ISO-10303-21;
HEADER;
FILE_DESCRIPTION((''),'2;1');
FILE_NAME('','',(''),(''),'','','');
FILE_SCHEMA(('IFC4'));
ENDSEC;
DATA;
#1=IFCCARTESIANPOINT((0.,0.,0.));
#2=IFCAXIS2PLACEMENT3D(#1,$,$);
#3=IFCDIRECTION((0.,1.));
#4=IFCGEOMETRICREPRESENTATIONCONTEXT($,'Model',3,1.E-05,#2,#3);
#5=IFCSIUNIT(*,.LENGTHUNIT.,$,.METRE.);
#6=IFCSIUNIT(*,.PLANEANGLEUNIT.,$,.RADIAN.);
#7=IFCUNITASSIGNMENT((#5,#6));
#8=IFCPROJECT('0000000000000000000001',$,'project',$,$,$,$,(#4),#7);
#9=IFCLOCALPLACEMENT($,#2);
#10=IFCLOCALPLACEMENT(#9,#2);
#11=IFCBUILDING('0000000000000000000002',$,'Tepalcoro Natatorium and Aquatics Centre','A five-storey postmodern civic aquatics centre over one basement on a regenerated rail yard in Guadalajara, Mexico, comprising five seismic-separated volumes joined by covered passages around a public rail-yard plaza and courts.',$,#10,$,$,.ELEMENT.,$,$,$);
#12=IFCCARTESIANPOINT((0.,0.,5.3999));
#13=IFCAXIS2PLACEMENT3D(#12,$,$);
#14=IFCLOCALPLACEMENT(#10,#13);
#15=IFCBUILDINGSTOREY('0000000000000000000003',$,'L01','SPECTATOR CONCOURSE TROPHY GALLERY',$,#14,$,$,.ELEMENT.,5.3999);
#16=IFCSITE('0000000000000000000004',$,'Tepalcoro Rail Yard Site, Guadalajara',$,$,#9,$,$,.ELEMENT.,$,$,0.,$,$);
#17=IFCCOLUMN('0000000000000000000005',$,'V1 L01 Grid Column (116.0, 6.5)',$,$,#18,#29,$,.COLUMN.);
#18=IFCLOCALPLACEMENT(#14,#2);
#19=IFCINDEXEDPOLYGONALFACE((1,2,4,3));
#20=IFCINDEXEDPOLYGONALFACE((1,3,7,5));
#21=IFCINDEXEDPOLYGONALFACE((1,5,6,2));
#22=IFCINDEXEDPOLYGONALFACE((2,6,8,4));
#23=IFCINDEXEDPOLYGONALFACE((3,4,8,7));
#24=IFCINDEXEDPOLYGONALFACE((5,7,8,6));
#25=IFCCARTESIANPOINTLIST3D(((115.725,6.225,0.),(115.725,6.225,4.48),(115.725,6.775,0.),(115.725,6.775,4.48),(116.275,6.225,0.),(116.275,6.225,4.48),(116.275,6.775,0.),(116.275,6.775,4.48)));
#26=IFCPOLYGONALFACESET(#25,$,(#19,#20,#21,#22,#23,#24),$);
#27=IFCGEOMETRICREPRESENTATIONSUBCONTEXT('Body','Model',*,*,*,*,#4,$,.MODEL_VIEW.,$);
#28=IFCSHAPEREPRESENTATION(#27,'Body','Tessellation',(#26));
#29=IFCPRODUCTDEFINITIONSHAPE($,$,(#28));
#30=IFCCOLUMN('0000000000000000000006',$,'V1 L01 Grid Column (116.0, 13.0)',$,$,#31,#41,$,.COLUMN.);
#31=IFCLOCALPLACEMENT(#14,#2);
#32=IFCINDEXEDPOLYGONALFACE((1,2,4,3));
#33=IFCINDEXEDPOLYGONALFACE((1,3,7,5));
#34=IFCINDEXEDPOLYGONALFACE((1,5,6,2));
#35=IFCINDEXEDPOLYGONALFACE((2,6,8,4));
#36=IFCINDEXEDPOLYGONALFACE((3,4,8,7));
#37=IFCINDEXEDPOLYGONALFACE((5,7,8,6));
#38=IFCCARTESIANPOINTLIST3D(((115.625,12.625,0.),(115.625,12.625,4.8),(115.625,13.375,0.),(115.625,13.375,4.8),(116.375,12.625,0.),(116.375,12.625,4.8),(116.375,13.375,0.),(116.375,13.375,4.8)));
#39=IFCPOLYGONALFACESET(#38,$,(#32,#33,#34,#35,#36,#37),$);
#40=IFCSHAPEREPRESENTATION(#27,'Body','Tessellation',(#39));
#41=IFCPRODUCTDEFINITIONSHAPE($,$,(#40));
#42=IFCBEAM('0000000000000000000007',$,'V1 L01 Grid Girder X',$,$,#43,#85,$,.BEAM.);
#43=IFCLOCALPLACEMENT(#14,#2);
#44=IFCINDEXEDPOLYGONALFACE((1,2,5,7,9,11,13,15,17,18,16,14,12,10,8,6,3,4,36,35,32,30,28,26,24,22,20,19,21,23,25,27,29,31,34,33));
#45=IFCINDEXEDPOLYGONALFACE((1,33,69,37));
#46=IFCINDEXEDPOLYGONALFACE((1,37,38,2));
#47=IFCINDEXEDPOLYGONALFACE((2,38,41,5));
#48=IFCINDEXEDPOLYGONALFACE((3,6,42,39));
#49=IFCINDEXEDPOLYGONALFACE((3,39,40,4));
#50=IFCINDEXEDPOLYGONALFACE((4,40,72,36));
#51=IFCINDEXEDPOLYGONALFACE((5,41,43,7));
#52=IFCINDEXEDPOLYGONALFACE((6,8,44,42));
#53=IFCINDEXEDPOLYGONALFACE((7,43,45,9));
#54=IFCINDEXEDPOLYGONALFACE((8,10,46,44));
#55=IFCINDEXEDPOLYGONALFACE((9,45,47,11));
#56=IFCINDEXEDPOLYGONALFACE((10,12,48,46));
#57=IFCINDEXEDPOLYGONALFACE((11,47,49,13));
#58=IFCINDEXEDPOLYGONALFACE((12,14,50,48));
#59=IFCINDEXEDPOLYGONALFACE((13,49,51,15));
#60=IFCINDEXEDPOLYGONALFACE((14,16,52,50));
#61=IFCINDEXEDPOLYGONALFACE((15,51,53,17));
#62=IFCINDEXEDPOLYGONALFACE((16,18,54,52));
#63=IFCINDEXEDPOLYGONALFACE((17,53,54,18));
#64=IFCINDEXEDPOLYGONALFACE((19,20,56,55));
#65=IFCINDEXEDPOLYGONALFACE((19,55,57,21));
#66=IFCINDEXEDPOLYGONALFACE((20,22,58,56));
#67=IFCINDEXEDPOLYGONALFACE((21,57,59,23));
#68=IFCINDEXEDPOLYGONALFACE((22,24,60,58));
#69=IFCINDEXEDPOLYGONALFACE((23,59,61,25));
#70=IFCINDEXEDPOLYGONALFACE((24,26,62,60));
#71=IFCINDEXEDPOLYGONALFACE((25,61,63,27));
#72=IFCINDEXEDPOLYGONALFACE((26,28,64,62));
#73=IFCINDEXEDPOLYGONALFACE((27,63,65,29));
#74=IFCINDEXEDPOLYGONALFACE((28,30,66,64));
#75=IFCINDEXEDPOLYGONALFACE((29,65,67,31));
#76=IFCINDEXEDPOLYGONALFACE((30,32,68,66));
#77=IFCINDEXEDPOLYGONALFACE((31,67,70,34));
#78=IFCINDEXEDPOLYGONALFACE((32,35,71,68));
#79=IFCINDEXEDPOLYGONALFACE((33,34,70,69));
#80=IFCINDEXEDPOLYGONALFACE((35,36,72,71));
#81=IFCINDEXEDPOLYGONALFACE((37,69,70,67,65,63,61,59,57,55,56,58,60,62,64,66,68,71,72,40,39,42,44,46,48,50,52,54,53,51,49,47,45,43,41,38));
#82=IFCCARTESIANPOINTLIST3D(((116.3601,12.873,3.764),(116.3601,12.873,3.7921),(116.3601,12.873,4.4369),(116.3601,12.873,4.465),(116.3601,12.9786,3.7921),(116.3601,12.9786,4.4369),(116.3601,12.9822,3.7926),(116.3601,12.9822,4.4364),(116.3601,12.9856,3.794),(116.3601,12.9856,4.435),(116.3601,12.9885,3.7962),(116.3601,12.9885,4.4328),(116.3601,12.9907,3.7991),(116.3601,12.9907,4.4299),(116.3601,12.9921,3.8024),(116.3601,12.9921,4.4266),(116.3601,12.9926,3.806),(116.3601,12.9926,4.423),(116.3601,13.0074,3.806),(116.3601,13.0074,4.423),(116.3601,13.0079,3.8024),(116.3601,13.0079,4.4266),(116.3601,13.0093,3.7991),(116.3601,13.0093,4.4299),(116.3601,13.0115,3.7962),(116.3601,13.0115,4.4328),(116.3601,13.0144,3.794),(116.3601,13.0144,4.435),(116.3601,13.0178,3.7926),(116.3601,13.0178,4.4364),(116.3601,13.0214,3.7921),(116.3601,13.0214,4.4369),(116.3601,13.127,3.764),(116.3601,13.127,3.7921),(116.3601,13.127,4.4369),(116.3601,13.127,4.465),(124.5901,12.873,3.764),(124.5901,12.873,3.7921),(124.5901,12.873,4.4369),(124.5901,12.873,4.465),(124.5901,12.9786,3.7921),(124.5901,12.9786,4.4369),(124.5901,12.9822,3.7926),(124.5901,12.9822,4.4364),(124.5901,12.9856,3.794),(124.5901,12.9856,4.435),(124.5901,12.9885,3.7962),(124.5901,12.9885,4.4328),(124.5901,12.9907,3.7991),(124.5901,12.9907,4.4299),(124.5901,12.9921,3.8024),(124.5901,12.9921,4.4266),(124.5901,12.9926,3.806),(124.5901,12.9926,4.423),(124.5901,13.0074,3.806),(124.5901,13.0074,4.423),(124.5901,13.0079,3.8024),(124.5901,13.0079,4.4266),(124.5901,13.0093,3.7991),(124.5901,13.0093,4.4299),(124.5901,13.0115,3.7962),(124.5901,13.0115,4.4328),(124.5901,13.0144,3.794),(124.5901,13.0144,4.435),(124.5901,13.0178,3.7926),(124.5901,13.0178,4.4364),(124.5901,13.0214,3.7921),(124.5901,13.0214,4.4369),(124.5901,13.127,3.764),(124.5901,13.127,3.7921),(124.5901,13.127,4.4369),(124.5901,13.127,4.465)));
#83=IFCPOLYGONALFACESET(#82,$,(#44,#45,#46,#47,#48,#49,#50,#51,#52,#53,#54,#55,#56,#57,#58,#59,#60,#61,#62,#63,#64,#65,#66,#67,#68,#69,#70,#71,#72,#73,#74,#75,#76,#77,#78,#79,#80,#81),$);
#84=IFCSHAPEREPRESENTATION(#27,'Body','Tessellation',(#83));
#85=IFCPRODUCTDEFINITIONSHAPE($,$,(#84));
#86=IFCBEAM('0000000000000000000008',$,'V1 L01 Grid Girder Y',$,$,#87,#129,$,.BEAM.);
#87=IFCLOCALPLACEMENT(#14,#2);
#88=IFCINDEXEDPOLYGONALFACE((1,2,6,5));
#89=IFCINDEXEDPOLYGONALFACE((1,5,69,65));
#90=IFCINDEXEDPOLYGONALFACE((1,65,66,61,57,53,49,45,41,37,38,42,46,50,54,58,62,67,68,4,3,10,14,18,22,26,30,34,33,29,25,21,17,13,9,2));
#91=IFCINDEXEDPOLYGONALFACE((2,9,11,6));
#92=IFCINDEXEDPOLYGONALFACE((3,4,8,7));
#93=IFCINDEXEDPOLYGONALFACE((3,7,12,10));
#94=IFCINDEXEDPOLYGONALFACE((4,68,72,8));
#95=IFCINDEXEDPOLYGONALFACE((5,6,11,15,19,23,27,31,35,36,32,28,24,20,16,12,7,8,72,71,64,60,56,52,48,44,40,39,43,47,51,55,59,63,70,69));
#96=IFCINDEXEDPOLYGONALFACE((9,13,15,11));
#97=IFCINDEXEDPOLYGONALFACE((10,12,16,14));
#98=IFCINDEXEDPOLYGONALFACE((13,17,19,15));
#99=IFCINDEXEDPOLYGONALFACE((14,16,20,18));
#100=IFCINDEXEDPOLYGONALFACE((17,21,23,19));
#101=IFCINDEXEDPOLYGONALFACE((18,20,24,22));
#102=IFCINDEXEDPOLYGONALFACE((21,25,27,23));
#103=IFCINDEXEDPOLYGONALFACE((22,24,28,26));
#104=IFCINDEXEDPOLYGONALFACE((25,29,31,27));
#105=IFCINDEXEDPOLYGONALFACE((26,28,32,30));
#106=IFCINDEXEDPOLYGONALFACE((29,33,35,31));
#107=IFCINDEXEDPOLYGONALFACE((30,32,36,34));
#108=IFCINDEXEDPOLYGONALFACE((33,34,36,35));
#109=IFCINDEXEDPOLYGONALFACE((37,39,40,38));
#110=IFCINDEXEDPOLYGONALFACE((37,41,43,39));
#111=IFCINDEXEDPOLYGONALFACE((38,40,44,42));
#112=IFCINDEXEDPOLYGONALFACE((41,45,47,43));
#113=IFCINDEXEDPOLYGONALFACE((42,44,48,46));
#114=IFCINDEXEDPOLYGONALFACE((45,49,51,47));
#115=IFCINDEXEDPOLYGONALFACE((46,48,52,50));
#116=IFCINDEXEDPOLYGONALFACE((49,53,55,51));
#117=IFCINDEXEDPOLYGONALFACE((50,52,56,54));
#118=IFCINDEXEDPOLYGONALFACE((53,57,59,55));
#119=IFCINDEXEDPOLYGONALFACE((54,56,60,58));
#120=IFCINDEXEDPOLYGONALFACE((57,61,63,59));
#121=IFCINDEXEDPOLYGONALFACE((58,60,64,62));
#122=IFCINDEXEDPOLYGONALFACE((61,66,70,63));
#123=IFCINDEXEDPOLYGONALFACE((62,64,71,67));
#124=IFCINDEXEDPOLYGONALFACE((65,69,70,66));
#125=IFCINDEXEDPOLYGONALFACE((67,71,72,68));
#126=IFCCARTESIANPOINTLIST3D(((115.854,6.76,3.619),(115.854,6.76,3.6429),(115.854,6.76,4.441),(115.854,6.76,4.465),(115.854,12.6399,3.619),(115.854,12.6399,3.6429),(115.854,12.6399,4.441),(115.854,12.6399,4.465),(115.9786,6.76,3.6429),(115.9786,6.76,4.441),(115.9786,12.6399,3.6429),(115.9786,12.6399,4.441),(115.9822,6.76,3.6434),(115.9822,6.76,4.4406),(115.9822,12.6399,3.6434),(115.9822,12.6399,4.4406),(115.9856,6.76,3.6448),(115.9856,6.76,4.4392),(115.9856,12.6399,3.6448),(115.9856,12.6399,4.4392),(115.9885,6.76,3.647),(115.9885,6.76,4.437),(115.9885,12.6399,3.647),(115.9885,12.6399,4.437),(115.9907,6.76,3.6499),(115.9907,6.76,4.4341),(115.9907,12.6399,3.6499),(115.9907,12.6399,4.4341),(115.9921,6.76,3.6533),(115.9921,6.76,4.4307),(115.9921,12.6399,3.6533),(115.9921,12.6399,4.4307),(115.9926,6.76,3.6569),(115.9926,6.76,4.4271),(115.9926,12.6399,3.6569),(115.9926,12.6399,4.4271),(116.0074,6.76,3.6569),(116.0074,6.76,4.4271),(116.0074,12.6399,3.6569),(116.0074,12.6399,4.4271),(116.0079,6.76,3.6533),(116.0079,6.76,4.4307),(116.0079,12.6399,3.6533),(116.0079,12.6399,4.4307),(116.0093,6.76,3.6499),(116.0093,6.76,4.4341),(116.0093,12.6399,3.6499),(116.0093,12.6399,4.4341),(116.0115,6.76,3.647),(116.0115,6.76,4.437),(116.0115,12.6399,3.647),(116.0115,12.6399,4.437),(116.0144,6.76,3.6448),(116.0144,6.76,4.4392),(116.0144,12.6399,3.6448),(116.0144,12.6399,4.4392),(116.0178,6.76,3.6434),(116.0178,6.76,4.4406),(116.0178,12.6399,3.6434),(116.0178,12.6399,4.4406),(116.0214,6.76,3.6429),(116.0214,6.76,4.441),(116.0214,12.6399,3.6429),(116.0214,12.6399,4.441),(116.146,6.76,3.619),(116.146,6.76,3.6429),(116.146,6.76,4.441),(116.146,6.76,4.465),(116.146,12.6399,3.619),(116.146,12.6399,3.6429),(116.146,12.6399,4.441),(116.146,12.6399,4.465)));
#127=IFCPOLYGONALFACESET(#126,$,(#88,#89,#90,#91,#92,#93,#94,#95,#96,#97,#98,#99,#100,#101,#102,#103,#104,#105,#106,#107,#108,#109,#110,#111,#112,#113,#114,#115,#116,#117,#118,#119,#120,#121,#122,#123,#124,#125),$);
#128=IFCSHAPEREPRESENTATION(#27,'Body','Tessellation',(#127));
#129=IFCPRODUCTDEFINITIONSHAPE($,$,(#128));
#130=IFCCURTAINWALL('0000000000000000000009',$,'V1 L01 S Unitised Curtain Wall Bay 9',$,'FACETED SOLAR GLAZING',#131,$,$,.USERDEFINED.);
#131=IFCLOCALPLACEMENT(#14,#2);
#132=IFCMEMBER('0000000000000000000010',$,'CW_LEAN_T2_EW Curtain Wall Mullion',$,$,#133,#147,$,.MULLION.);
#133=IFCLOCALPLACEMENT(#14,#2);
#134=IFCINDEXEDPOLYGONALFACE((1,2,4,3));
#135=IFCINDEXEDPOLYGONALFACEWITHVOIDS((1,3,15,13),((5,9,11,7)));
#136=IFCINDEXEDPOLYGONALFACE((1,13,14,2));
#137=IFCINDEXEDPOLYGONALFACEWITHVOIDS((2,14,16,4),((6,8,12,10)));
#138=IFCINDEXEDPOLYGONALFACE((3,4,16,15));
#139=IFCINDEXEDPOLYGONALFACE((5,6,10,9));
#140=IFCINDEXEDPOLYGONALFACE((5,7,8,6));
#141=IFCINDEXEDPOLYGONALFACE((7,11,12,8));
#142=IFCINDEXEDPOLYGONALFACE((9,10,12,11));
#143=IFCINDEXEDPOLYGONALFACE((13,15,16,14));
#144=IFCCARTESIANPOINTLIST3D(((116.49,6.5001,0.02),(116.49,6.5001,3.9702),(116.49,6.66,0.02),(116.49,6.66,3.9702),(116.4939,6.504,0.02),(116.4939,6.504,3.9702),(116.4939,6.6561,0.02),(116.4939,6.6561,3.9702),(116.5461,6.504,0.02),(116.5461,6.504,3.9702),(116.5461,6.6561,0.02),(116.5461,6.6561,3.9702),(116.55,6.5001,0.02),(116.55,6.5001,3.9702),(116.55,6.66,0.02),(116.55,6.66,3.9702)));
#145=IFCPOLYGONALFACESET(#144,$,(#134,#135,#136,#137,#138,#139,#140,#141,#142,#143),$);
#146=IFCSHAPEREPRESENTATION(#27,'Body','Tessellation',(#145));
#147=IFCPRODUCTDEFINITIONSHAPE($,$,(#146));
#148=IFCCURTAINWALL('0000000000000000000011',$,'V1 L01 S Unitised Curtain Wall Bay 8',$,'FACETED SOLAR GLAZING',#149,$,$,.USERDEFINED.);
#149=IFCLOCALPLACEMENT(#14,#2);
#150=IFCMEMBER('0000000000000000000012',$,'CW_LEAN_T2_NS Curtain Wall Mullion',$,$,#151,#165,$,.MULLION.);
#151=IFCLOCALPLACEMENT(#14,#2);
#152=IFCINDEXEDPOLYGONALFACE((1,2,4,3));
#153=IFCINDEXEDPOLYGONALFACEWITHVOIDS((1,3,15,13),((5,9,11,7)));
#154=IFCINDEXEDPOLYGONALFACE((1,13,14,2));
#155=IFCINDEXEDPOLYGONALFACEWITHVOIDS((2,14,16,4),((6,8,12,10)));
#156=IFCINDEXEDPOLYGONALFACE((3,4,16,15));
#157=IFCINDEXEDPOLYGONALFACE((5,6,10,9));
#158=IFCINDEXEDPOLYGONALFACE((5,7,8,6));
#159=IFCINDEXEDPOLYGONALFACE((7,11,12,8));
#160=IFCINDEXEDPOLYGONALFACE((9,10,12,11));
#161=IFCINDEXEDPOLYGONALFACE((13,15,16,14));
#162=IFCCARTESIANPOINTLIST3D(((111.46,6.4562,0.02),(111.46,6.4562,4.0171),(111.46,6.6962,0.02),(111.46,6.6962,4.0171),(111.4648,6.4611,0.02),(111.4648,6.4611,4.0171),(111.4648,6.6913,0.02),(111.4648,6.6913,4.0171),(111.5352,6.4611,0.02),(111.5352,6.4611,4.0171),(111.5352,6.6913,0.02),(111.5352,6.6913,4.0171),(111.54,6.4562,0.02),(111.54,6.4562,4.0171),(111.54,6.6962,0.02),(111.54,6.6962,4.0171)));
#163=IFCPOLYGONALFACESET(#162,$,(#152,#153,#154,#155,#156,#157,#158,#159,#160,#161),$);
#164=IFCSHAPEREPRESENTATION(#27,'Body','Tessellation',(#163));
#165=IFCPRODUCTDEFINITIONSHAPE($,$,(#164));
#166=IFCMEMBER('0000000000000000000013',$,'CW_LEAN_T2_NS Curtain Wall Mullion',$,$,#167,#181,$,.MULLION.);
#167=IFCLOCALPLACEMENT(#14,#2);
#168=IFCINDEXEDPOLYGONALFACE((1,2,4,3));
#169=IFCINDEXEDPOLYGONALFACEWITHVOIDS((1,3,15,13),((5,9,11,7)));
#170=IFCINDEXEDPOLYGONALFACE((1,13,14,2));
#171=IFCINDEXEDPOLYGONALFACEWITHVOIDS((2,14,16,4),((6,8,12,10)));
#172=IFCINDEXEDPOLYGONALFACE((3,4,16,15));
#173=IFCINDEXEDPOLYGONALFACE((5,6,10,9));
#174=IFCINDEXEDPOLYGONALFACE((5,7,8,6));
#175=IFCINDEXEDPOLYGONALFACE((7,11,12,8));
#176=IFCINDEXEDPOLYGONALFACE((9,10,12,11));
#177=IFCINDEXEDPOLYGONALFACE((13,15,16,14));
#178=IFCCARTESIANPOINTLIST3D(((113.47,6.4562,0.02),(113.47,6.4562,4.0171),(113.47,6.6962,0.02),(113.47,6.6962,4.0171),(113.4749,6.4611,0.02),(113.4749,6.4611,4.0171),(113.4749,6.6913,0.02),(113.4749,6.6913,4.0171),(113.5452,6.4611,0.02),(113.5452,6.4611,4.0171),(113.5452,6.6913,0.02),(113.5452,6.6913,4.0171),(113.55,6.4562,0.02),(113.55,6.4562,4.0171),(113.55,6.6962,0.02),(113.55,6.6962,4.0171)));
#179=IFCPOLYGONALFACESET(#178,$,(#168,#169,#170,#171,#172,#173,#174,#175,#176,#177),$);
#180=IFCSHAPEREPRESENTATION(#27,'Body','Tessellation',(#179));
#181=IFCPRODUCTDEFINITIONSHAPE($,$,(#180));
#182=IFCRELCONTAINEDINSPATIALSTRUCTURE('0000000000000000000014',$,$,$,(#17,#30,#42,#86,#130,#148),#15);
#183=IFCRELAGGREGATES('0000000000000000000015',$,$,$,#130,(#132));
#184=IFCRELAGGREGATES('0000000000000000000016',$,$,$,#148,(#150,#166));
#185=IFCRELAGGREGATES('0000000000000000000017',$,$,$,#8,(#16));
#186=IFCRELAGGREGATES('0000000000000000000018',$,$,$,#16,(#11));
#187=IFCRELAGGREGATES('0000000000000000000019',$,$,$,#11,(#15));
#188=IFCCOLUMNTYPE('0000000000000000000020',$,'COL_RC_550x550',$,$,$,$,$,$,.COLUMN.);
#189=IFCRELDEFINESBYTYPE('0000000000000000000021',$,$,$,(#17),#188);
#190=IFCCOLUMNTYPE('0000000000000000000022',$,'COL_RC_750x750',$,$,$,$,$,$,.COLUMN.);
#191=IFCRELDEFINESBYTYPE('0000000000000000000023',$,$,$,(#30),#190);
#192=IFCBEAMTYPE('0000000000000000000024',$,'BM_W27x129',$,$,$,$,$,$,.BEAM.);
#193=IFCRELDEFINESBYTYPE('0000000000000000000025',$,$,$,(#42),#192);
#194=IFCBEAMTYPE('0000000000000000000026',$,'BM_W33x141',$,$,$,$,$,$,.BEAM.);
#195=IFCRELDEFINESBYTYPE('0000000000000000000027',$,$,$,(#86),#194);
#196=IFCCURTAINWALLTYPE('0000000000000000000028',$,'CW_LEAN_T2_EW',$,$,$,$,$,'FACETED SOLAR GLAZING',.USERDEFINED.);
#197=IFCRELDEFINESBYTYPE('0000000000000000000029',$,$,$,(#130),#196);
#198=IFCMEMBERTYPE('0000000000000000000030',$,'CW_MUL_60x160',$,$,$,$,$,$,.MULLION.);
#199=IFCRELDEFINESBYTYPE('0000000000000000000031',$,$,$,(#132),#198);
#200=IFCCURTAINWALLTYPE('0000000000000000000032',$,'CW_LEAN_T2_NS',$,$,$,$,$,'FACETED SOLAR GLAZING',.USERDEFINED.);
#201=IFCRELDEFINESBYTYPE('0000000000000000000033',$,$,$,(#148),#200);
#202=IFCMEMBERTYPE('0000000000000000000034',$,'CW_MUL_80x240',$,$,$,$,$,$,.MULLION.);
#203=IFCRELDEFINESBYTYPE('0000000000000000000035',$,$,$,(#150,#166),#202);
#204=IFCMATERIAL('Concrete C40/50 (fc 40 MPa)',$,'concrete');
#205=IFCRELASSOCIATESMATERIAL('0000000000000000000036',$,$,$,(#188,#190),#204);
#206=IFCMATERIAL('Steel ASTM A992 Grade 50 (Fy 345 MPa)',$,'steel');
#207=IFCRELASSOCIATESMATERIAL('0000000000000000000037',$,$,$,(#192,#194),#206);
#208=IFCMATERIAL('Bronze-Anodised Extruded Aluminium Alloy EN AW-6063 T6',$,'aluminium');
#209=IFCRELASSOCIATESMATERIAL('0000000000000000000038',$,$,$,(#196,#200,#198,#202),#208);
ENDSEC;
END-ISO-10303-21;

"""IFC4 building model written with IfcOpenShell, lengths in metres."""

from ifc_helpers import new_model, si_unit, direction, frame, origin, origin_2d, place, context, subcontext, project, spatial, rectangle, hollow_rectangle, i_section, extrude, material, material_profile, profile_set, type_object, element, aggregate, save


model = new_model("IFC4")

# Units and contexts
model_context = context("Model", 3, precision=1e-05, world=origin(), true_north=direction((0.0, 1.0)))
body_context = subcontext(model_context, "Body", "Model", "MODEL_VIEW")
ifc_project = project(units=[si_unit("LENGTHUNIT", "METRE"), si_unit("PLANEANGLEUNIT", "RADIAN")], contexts=[model_context])

# Site, building, storey
site_placement = place(None, origin())
site = spatial("IfcSite", under=ifc_project, at=site_placement, Name="Tepalcoro Rail Yard Site, Guadalajara", CompositionType="ELEMENT", RefElevation=0.0)
building_placement = place(site_placement, origin())
building = spatial("IfcBuilding", under=site, at=building_placement, Name="Tepalcoro Natatorium and Aquatics Centre", Description="A five-storey postmodern civic aquatics centre over one basement on a regenerated rail yard in Guadalajara, Mexico, comprising five seismic-separated volumes joined by covered passages around a public rail-yard plaza and courts.", CompositionType="ELEMENT")
storey_placement = place(building_placement, frame((0.0, 0.0, 5.3999)))
storey = spatial("IfcBuildingStorey", under=building, at=storey_placement, Name="L01", Description="SPECTATOR CONCOURSE TROPHY GALLERY", CompositionType="ELEMENT", Elevation=5.3999)

# Columns
ifc_material_1 = material(Name="Concrete C40/50 (fc 40 MPa)", Category="concrete")
ifc_material_profile_1 = material_profile(ifc_material_1, rectangle(XDim=0.55, YDim=0.55, at=origin_2d()), Name="RC550x550")
ifc_profile_set_1 = profile_set([ifc_material_profile_1], Name="Concrete C40/50 (fc 40 MPa)")
column_type_1 = type_object("IfcColumnType", Name="COL_RC_550x550", PredefinedType="COLUMN", material=ifc_profile_set_1)
column_1_placement = place(storey_placement, frame((116.0, 6.5, 0.0), z_axis=(0.0, 0.0, 1.0), x_axis=(1.0, 0.0, 0.0)))
element("IfcColumn", 1, at=column_1_placement, inside=storey, type_object=column_type_1, Name="V1 L01 Grid Column (116.0, 6.5)", PredefinedType="COLUMN", context=body_context, shape_type="SweptSolid", body=[
    extrude(rectangle(XDim=0.55, YDim=0.55, at=origin_2d()), origin(), (0.0, 0.0, 1.0), 4.48),
])
ifc_material_profile_2 = material_profile(ifc_material_1, rectangle(XDim=0.75, YDim=0.75, at=origin_2d()), Name="RC750x750")
ifc_profile_set_2 = profile_set([ifc_material_profile_2], Name="Concrete C40/50 (fc 40 MPa)")
column_type_2 = type_object("IfcColumnType", Name="COL_RC_750x750", PredefinedType="COLUMN", material=ifc_profile_set_2)
column_2_placement = place(storey_placement, frame((116.0, 13.0, 0.0), z_axis=(0.0, 0.0, 1.0), x_axis=(1.0, 0.0, 0.0)))
element("IfcColumn", 2, at=column_2_placement, inside=storey, type_object=column_type_2, Name="V1 L01 Grid Column (116.0, 13.0)", PredefinedType="COLUMN", context=body_context, shape_type="SweptSolid", body=[
    extrude(rectangle(XDim=0.75, YDim=0.75, at=origin_2d()), origin(), (0.0, 0.0, 1.0), 4.8),
])

# Beams
ifc_material_2 = material(Name="Steel ASTM A992 Grade 50 (Fy 345 MPa)", Category="steel")
ifc_material_profile_3 = material_profile(ifc_material_2, i_section(OverallWidth=0.2539, OverallDepth=0.7009, WebThickness=0.0149, FlangeThickness=0.0281, FilletRadius=0.0139, at=origin_2d()), Name="W27X129")
ifc_profile_set_3 = profile_set([ifc_material_profile_3], Name="Steel ASTM A992 Grade 50 (Fy 345 MPa)")
beam_type_1 = type_object("IfcBeamType", Name="BM_W27x129", PredefinedType="BEAM", material=ifc_profile_set_3)
beam_1_placement = place(storey_placement, frame((116.3601, 13.0, 4.1145), z_axis=(1.0, 0.0, 0.0), x_axis=(0.0, 1.0, 0.0)))
element("IfcBeam", 3, at=beam_1_placement, inside=storey, type_object=beam_type_1, Name="V1 L01 Grid Girder X", PredefinedType="BEAM", context=body_context, shape_type="SweptSolid", body=[
    extrude(i_section(OverallWidth=0.2539, OverallDepth=0.7009, WebThickness=0.0149, FlangeThickness=0.0281, FilletRadius=0.0139, at=origin_2d()), origin(), (0.0, 0.0, 1.0), 8.23),
])
ifc_material_profile_4 = material_profile(ifc_material_2, i_section(OverallWidth=0.292, OverallDepth=0.8459, WebThickness=0.0149, FlangeThickness=0.0239, FilletRadius=0.0139, at=origin_2d()), Name="W33X141")
ifc_profile_set_4 = profile_set([ifc_material_profile_4], Name="Steel ASTM A992 Grade 50 (Fy 345 MPa)")
beam_type_2 = type_object("IfcBeamType", Name="BM_W33x141", PredefinedType="BEAM", material=ifc_profile_set_4)
beam_2_placement = place(storey_placement, frame((116.0, 6.76, 4.042), z_axis=(0.0, 1.0, 0.0), x_axis=(-1.0, 0.0, 0.0)))
element("IfcBeam", 4, at=beam_2_placement, inside=storey, type_object=beam_type_2, Name="V1 L01 Grid Girder Y", PredefinedType="BEAM", context=body_context, shape_type="SweptSolid", body=[
    extrude(i_section(OverallWidth=0.292, OverallDepth=0.8459, WebThickness=0.0149, FlangeThickness=0.0239, FilletRadius=0.0139, at=origin_2d()), origin(), (0.0, 0.0, 1.0), 5.8799),
])

# Curtain wall, member
ifc_material_3 = material(Name="Bronze-Anodised Extruded Aluminium Alloy EN AW-6063 T6", Category="aluminium")
curtain_wall_type_1 = type_object("IfcCurtainWallType", Name="CW_LEAN_T2_EW", ElementType="FACETED SOLAR GLAZING", PredefinedType="USERDEFINED", material=ifc_material_3)
curtain_wall_1_placement = place(storey_placement, origin())
curtain_wall_1 = element("IfcCurtainWall", 5, at=curtain_wall_1_placement, inside=storey, type_object=curtain_wall_type_1, Name="V1 L01 S Unitised Curtain Wall Bay 9", ObjectType="FACETED SOLAR GLAZING", PredefinedType="USERDEFINED")
ifc_material_profile_5 = material_profile(ifc_material_3, hollow_rectangle(XDim=0.0601, YDim=0.1599, WallThickness=0.0039, at=origin_2d()), Name="AL60X160X4")
ifc_profile_set_5 = profile_set([ifc_material_profile_5], Name="Bronze-Anodised Extruded Aluminium Alloy EN AW-6063 T6")
member_type_1 = type_object("IfcMemberType", Name="CW_MUL_60x160", PredefinedType="MULLION", material=ifc_profile_set_5)
member_1_placement = place(storey_placement, frame((116.52, 6.5801, 0.02), z_axis=(0.0, 0.0, 1.0), x_axis=(1.0, 0.0, 0.0)))
member_1 = element("IfcMember", 6, at=member_1_placement, type_object=member_type_1, Name="CW_LEAN_T2_EW Curtain Wall Mullion", PredefinedType="MULLION", context=body_context, shape_type="SweptSolid", body=[
    extrude(hollow_rectangle(XDim=0.0601, YDim=0.1599, WallThickness=0.0039, at=origin_2d()), origin(), (0.0, 0.0, 1.0), 3.9502),
])

# Curtain wall, members
curtain_wall_type_2 = type_object("IfcCurtainWallType", Name="CW_LEAN_T2_NS", ElementType="FACETED SOLAR GLAZING", PredefinedType="USERDEFINED", material=ifc_material_3)
curtain_wall_2_placement = place(storey_placement, origin())
curtain_wall_2 = element("IfcCurtainWall", 7, at=curtain_wall_2_placement, inside=storey, type_object=curtain_wall_type_2, Name="V1 L01 S Unitised Curtain Wall Bay 8", ObjectType="FACETED SOLAR GLAZING", PredefinedType="USERDEFINED")
ifc_material_profile_6 = material_profile(ifc_material_3, hollow_rectangle(XDim=0.0801, YDim=0.24, WallThickness=0.0049, at=origin_2d()), Name="AL80X240X5")
ifc_profile_set_6 = profile_set([ifc_material_profile_6], Name="Bronze-Anodised Extruded Aluminium Alloy EN AW-6063 T6")
member_type_2 = type_object("IfcMemberType", Name="CW_MUL_80x240", PredefinedType="MULLION", material=ifc_profile_set_6)
member_2_placement = place(storey_placement, frame((111.5, 6.5762, 0.02), z_axis=(0.0, 0.0, 1.0), x_axis=(1.0, 0.0, 0.0)))
member_2 = element("IfcMember", 8, at=member_2_placement, type_object=member_type_2, Name="CW_LEAN_T2_NS Curtain Wall Mullion", PredefinedType="MULLION", context=body_context, shape_type="SweptSolid", body=[
    extrude(hollow_rectangle(XDim=0.0801, YDim=0.24, WallThickness=0.0049, at=origin_2d()), origin(), (0.0, 0.0, 1.0), 3.9971),
])
member_3_placement = place(storey_placement, frame((113.51, 6.5762, 0.02), z_axis=(0.0, 0.0, 1.0), x_axis=(1.0, 0.0, 0.0)))
member_3 = element("IfcMember", 9, at=member_3_placement, type_object=member_type_2, Name="CW_LEAN_T2_NS Curtain Wall Mullion", PredefinedType="MULLION", context=body_context, shape_type="SweptSolid", body=[
    extrude(hollow_rectangle(XDim=0.0801, YDim=0.24, WallThickness=0.0049, at=origin_2d()), origin(), (0.0, 0.0, 1.0), 3.9971),
])

aggregate(curtain_wall_1, [member_1])

aggregate(curtain_wall_2, [member_2, member_3])

save(model, "model.ifc")
